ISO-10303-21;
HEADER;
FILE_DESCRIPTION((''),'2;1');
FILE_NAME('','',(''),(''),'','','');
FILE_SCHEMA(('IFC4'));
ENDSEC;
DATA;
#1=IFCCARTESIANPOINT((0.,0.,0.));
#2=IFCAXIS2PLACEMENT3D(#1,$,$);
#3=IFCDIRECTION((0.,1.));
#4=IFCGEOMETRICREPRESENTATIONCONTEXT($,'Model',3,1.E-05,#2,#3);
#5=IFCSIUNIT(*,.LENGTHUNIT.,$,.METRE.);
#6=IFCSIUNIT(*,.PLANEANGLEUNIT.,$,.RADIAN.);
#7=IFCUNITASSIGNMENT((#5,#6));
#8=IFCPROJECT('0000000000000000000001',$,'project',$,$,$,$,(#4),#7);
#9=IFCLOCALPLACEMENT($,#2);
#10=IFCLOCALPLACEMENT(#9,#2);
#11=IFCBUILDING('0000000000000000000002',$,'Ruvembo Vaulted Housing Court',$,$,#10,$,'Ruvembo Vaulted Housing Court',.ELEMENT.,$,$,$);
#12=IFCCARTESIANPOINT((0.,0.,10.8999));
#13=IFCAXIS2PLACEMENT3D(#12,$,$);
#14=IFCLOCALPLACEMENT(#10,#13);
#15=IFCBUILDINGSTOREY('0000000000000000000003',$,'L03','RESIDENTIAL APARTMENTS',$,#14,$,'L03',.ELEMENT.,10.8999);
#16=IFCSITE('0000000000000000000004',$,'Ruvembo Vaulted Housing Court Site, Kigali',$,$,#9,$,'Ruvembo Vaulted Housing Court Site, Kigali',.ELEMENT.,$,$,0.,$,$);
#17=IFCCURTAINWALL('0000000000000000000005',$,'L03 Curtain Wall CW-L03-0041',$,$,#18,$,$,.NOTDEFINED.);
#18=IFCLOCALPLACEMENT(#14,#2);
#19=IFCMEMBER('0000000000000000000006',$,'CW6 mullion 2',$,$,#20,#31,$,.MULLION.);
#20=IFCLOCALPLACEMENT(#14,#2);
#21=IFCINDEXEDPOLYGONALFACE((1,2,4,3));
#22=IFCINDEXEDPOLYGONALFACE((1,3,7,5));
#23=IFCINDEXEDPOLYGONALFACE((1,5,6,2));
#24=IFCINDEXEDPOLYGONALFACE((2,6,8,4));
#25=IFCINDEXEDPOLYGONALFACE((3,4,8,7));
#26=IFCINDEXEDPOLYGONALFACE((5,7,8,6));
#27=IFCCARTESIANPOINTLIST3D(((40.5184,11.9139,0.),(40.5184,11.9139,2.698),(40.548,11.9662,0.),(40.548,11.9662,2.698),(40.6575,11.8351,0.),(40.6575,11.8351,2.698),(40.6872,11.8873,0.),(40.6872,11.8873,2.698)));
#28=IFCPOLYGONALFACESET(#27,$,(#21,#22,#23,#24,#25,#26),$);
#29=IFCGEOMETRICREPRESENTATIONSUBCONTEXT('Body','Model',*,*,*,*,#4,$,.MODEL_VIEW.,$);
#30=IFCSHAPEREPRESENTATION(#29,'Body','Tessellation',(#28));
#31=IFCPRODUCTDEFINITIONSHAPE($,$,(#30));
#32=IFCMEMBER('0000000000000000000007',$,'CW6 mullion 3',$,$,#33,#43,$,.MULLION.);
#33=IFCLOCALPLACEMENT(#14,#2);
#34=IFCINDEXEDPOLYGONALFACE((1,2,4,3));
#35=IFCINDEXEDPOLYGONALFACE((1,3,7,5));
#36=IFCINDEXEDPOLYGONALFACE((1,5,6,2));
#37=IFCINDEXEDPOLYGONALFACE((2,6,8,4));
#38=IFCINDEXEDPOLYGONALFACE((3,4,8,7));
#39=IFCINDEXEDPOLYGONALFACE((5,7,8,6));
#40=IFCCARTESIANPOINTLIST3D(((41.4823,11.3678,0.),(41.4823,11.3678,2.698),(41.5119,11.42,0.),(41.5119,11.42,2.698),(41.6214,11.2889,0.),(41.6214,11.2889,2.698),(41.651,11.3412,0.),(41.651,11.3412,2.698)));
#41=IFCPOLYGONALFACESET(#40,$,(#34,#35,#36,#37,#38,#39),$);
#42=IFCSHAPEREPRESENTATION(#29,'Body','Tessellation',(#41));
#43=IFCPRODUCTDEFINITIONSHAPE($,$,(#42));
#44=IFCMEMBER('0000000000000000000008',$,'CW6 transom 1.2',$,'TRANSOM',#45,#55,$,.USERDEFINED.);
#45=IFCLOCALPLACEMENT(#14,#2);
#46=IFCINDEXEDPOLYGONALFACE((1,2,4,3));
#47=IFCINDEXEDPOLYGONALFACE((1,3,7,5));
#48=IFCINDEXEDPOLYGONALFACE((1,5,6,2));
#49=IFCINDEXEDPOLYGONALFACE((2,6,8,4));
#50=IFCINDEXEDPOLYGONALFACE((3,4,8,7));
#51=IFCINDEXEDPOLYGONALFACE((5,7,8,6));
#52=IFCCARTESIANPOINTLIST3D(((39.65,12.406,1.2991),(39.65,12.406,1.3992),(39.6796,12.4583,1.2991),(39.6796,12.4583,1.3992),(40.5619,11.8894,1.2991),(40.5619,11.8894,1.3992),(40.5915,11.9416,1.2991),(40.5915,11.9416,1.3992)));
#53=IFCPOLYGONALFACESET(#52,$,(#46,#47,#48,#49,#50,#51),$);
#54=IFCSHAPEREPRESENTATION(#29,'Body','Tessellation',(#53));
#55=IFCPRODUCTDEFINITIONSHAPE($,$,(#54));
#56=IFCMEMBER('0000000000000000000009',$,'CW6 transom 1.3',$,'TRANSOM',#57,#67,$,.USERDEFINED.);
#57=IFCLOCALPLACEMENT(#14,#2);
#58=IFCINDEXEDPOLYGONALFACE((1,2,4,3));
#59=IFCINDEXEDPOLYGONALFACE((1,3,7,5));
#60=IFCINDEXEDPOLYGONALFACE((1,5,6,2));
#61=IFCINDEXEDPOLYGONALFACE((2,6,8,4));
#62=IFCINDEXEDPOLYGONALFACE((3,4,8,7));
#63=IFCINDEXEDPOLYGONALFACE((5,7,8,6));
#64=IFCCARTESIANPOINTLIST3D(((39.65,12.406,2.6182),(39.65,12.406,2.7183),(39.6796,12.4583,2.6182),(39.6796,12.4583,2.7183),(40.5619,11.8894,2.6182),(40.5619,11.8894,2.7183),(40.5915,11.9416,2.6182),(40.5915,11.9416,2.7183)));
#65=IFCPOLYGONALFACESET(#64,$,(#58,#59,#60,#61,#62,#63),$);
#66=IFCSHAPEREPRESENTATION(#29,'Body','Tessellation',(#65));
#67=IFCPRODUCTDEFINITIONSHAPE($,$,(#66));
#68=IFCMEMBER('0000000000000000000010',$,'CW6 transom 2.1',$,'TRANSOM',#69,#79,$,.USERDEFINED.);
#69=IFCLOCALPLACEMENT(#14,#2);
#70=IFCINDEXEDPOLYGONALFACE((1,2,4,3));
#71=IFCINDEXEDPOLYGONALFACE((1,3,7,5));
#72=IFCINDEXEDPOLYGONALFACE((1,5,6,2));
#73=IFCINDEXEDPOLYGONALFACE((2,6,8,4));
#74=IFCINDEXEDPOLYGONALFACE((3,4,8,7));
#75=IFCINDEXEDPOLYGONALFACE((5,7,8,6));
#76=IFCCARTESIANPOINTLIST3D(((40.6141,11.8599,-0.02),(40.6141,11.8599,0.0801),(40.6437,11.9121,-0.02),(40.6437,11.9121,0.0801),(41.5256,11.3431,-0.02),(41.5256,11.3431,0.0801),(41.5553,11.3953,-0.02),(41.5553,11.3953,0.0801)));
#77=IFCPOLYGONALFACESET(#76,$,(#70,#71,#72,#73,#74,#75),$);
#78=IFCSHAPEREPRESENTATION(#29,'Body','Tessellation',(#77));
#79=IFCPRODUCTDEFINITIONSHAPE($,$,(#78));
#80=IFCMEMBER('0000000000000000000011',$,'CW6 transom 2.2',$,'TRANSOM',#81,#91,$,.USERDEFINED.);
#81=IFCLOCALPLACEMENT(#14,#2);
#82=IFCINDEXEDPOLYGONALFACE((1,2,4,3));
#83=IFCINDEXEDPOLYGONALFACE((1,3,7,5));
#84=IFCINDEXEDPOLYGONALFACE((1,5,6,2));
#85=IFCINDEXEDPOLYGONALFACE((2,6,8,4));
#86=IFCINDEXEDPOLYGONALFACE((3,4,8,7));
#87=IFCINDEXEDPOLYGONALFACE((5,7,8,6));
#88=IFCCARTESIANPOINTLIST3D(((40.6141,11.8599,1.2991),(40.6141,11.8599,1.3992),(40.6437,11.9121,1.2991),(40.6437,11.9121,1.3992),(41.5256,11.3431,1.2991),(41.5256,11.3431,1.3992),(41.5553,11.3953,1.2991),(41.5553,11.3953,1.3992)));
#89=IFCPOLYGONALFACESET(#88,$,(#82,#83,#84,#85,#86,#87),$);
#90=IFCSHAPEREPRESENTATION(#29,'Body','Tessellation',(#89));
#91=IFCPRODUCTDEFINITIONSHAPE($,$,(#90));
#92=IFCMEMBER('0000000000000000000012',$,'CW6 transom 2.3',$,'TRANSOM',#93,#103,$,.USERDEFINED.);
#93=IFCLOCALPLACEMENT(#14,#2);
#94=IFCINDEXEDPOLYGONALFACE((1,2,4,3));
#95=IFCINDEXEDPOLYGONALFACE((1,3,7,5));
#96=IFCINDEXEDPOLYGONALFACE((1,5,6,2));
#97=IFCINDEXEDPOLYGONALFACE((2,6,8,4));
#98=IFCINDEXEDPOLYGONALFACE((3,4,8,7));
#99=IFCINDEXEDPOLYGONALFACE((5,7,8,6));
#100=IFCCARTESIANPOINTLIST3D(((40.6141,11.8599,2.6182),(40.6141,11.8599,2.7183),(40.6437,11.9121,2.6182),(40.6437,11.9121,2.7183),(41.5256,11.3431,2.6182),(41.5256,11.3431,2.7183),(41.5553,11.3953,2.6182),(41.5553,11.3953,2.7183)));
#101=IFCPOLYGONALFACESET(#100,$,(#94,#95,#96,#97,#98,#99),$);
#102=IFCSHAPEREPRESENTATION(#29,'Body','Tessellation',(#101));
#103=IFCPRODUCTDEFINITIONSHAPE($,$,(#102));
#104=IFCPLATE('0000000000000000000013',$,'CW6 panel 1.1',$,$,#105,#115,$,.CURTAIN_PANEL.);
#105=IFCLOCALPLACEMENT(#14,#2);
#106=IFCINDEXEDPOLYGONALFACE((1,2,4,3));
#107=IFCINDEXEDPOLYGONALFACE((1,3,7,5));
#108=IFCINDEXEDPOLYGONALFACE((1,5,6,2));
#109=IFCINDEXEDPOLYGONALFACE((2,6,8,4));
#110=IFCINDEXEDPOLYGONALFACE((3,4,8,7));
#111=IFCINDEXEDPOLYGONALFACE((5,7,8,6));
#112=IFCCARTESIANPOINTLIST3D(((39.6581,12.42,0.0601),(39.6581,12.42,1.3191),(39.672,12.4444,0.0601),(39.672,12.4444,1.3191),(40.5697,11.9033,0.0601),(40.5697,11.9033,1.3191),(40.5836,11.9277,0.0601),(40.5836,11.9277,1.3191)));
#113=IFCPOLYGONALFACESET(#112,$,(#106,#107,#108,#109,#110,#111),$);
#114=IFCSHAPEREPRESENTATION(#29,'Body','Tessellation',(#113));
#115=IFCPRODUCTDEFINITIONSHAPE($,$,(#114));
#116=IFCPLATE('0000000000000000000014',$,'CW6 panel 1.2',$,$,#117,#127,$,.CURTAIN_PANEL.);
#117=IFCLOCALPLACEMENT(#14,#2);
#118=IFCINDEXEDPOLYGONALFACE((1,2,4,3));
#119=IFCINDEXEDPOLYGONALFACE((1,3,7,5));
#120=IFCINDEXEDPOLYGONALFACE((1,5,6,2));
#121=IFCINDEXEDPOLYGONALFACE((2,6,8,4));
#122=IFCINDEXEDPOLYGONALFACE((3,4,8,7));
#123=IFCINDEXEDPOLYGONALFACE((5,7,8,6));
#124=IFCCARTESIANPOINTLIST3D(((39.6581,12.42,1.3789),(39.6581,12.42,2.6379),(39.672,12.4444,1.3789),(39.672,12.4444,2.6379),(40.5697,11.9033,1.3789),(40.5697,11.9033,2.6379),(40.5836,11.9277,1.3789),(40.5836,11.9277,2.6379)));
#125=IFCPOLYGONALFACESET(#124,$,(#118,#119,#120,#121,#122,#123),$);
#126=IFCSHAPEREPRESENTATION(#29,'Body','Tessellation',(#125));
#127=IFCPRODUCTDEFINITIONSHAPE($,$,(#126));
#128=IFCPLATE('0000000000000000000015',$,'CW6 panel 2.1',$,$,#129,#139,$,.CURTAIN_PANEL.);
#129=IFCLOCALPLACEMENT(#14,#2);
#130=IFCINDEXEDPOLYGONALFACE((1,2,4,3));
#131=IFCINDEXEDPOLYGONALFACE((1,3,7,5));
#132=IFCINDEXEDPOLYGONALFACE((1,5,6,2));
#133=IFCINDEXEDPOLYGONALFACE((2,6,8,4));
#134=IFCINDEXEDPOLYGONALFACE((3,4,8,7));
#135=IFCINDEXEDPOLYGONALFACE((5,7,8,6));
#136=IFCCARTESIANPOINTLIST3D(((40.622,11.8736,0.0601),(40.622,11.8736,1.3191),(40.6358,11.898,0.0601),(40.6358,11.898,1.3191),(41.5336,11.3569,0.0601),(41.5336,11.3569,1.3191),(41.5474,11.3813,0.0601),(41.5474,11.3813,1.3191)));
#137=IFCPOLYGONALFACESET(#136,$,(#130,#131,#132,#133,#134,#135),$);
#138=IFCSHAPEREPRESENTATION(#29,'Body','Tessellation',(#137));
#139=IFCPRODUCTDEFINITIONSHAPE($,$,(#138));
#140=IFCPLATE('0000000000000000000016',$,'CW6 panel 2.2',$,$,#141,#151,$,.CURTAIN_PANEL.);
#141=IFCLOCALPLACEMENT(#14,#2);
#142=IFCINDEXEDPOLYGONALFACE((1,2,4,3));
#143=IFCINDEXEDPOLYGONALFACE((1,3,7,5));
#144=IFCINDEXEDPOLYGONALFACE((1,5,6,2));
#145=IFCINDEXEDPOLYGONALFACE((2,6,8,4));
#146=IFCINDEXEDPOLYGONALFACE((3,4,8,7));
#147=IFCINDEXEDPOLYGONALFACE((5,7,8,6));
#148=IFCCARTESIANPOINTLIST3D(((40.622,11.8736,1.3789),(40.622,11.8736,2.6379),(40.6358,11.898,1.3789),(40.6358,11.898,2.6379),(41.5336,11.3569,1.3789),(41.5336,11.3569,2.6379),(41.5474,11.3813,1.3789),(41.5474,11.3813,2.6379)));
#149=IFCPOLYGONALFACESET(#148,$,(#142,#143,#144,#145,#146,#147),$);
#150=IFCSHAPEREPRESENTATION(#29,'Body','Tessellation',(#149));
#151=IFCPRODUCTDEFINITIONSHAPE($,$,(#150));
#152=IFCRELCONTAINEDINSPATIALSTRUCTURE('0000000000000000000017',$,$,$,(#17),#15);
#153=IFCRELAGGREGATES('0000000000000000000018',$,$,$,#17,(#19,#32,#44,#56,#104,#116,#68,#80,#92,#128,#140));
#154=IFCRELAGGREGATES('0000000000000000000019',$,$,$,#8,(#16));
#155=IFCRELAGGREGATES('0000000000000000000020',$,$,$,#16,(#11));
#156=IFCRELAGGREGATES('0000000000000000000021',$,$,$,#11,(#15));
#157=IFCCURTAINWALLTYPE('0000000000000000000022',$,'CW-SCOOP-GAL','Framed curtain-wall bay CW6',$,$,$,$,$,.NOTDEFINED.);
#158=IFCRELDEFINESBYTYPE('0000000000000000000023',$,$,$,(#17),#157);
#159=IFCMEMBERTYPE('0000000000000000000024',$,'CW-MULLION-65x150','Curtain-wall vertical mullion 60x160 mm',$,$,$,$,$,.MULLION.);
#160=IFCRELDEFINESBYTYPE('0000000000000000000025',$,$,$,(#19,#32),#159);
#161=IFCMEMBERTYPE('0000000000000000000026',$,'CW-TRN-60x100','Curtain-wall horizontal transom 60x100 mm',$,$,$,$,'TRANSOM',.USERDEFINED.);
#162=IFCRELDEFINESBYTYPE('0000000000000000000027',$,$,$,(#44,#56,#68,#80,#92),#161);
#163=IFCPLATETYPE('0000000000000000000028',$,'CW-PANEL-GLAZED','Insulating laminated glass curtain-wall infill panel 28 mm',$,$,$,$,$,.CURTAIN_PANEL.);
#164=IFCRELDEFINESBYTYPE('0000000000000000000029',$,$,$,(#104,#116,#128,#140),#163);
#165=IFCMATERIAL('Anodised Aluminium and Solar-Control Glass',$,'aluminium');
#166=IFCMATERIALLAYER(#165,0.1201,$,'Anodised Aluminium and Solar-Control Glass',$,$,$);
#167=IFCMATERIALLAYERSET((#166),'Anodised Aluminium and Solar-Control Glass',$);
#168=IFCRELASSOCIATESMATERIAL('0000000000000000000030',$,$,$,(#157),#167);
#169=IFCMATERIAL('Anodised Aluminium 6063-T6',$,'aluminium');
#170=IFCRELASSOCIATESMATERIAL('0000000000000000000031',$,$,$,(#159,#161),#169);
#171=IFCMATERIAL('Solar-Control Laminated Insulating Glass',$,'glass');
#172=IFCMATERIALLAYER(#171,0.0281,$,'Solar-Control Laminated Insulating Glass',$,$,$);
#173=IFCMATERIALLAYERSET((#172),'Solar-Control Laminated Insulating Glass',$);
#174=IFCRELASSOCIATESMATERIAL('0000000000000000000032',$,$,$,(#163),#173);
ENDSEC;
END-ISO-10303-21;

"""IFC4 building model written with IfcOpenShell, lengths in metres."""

from ifc_helpers import new_model, si_unit, direction, frame, origin, origin_2d, place, context, subcontext, project, spatial, rectangle, extrude, material, layer, layer_set, material_profile, profile_set, type_object, element, aggregate, save


model = new_model("IFC4")

# Units and contexts
model_context = context("Model", 3, precision=1e-05, world=origin(), true_north=direction((0.0, 1.0)))
body_context = subcontext(model_context, "Body", "Model", "MODEL_VIEW")
ifc_project = project(units=[si_unit("LENGTHUNIT", "METRE"), si_unit("PLANEANGLEUNIT", "RADIAN")], contexts=[model_context])

# Site, building, storey
site_placement = place(None, origin())
site = spatial("IfcSite", under=ifc_project, at=site_placement, Name="Ruvembo Vaulted Housing Court Site, Kigali", LongName="Ruvembo Vaulted Housing Court Site, Kigali", CompositionType="ELEMENT", RefElevation=0.0)
building_placement = place(site_placement, origin())
building = spatial("IfcBuilding", under=site, at=building_placement, Name="Ruvembo Vaulted Housing Court", LongName="Ruvembo Vaulted Housing Court", CompositionType="ELEMENT")
storey_placement = place(building_placement, frame((0.0, 0.0, 10.8999)))
storey = spatial("IfcBuildingStorey", under=building, at=storey_placement, Name="L03", Description="RESIDENTIAL APARTMENTS", LongName="L03", CompositionType="ELEMENT", Elevation=10.8999)

# Curtain wall, members, plates
ifc_material_1 = material(Name="Anodised Aluminium and Solar-Control Glass", Category="aluminium")
ifc_layer_1 = layer(ifc_material_1, 0.1201, Name="Anodised Aluminium and Solar-Control Glass")
ifc_layer_set_1 = layer_set([ifc_layer_1], Name="Anodised Aluminium and Solar-Control Glass")
curtain_wall_type = type_object("IfcCurtainWallType", Name="CW-SCOOP-GAL", Description="Framed curtain-wall bay CW6", PredefinedType="NOTDEFINED", material=ifc_layer_set_1)
curtain_wall_placement = place(storey_placement, origin())
curtain_wall = element("IfcCurtainWall", 1, at=curtain_wall_placement, inside=storey, type_object=curtain_wall_type, Name="L03 Curtain Wall CW-L03-0041", PredefinedType="NOTDEFINED")
ifc_material_2 = material(Name="Anodised Aluminium 6063-T6", Category="aluminium")
ifc_material_profile_1 = material_profile(ifc_material_2, rectangle(XDim=0.0601, YDim=0.1599, at=origin_2d()), Name="ALU 60x160")
ifc_profile_set_1 = profile_set([ifc_material_profile_1], Name="Anodised Aluminium 6063-T6")
member_type_1 = type_object("IfcMemberType", Name="CW-MULLION-65x150", Description="Curtain-wall vertical mullion 60x160 mm", PredefinedType="MULLION", material=ifc_profile_set_1)
member_1_placement = place(storey_placement, frame((40.6028, 11.9006, 0.0), z_axis=(0.0, 0.0, 1.0), x_axis=(0.493079, 0.869984, 0.0)))
member_1 = element("IfcMember", 2, at=member_1_placement, type_object=member_type_1, Name="CW6 mullion 2", PredefinedType="MULLION", context=body_context, shape_type="SweptSolid", body=[
    extrude(rectangle(XDim=0.0601, YDim=0.1599, at=origin_2d()), origin(), (0.0, 0.0, 1.0), 2.698),
])
member_2_placement = place(storey_placement, frame((41.5667, 11.3545, 0.0), z_axis=(0.0, 0.0, 1.0), x_axis=(0.493079, 0.869984, 0.0)))
member_2 = element("IfcMember", 3, at=member_2_placement, type_object=member_type_1, Name="CW6 mullion 3", PredefinedType="MULLION", context=body_context, shape_type="SweptSolid", body=[
    extrude(rectangle(XDim=0.0601, YDim=0.1599, at=origin_2d()), origin(), (0.0, 0.0, 1.0), 2.698),
])
ifc_material_profile_2 = material_profile(ifc_material_2, rectangle(XDim=0.0601, YDim=0.1001, at=origin_2d()), Name="ALU 60x100")
ifc_profile_set_2 = profile_set([ifc_material_profile_2], Name="Anodised Aluminium 6063-T6")
member_type_2 = type_object("IfcMemberType", Name="CW-TRN-60x100", Description="Curtain-wall horizontal transom 60x100 mm", ElementType="TRANSOM", PredefinedType="USERDEFINED", material=ifc_profile_set_2)
member_3_placement = place(storey_placement, frame((39.6648, 12.4321, 1.3491), z_axis=(0.870072, -0.492924, 0.0), x_axis=(0.492924, 0.870072, 0.0)))
member_3 = element("IfcMember", 4, at=member_3_placement, type_object=member_type_2, Name="CW6 transom 1.2", ObjectType="TRANSOM", PredefinedType="USERDEFINED", context=body_context, shape_type="SweptSolid", body=[
    extrude(rectangle(XDim=0.0601, YDim=0.1001, at=origin_2d()), origin(), (0.0, 0.0, 1.0), 1.0481),
])
member_4_placement = place(storey_placement, frame((39.6648, 12.4321, 2.6682), z_axis=(0.870072, -0.492924, 0.0), x_axis=(0.492924, 0.870072, 0.0)))
member_4 = element("IfcMember", 5, at=member_4_placement, type_object=member_type_2, Name="CW6 transom 1.3", ObjectType="TRANSOM", PredefinedType="USERDEFINED", context=body_context, shape_type="SweptSolid", body=[
    extrude(rectangle(XDim=0.0601, YDim=0.1001, at=origin_2d()), origin(), (0.0, 0.0, 1.0), 1.0481),
])
member_5_placement = place(storey_placement, frame((40.6289, 11.886, 0.03), z_axis=(0.869916, -0.493201, 0.0), x_axis=(0.493201, 0.869916, 0.0)))
member_5 = element("IfcMember", 6, at=member_5_placement, type_object=member_type_2, Name="CW6 transom 2.1", ObjectType="TRANSOM", PredefinedType="USERDEFINED", context=body_context, shape_type="SweptSolid", body=[
    extrude(rectangle(XDim=0.0601, YDim=0.1001, at=origin_2d()), origin(), (0.0, 0.0, 1.0), 1.0479),
])
member_6_placement = place(storey_placement, frame((40.6289, 11.886, 1.3491), z_axis=(0.869916, -0.493201, 0.0), x_axis=(0.493201, 0.869916, 0.0)))
member_6 = element("IfcMember", 7, at=member_6_placement, type_object=member_type_2, Name="CW6 transom 2.2", ObjectType="TRANSOM", PredefinedType="USERDEFINED", context=body_context, shape_type="SweptSolid", body=[
    extrude(rectangle(XDim=0.0601, YDim=0.1001, at=origin_2d()), origin(), (0.0, 0.0, 1.0), 1.0479),
])
member_7_placement = place(storey_placement, frame((40.6289, 11.886, 2.6682), z_axis=(0.869916, -0.493201, 0.0), x_axis=(0.493201, 0.869916, 0.0)))
member_7 = element("IfcMember", 8, at=member_7_placement, type_object=member_type_2, Name="CW6 transom 2.3", ObjectType="TRANSOM", PredefinedType="USERDEFINED", context=body_context, shape_type="SweptSolid", body=[
    extrude(rectangle(XDim=0.0601, YDim=0.1001, at=origin_2d()), origin(), (0.0, 0.0, 1.0), 1.0479),
])
ifc_material_3 = material(Name="Solar-Control Laminated Insulating Glass", Category="glass")
ifc_layer_2 = layer(ifc_material_3, 0.0281, Name="Solar-Control Laminated Insulating Glass")
ifc_layer_set_2 = layer_set([ifc_layer_2], Name="Solar-Control Laminated Insulating Glass")
plate_type = type_object("IfcPlateType", Name="CW-PANEL-GLAZED", Description="Insulating laminated glass curtain-wall infill panel 28 mm", PredefinedType="CURTAIN_PANEL", material=ifc_layer_set_2)
plate_1_placement = place(storey_placement, frame((40.1208, 12.1738, 0.0601), z_axis=(0.0, 0.0, 1.0), x_axis=(0.869984, -0.493079, 0.0)))
plate_1 = element("IfcPlate", 9, at=plate_1_placement, type_object=plate_type, Name="CW6 panel 1.1", PredefinedType="CURTAIN_PANEL", context=body_context, shape_type="SweptSolid", body=[
    extrude(rectangle(XDim=1.0479, YDim=0.0281, at=origin_2d()), origin(), (0.0, 0.0, 1.0), 1.259),
])
plate_2_placement = place(storey_placement, frame((40.1208, 12.1738, 1.3789), z_axis=(0.0, 0.0, 1.0), x_axis=(0.869984, -0.493079, 0.0)))
plate_2 = element("IfcPlate", 10, at=plate_2_placement, type_object=plate_type, Name="CW6 panel 1.2", PredefinedType="CURTAIN_PANEL", context=body_context, shape_type="SweptSolid", body=[
    extrude(rectangle(XDim=1.0479, YDim=0.0281, at=origin_2d()), origin(), (0.0, 0.0, 1.0), 1.259),
])
plate_3_placement = place(storey_placement, frame((41.0847, 11.6274, 0.0601), z_axis=(0.0, 0.0, 1.0), x_axis=(0.869984, -0.493079, 0.0)))
plate_3 = element("IfcPlate", 11, at=plate_3_placement, type_object=plate_type, Name="CW6 panel 2.1", PredefinedType="CURTAIN_PANEL", context=body_context, shape_type="SweptSolid", body=[
    extrude(rectangle(XDim=1.0479, YDim=0.0281, at=origin_2d()), origin(), (0.0, 0.0, 1.0), 1.259),
])
plate_4_placement = place(storey_placement, frame((41.0847, 11.6274, 1.3789), z_axis=(0.0, 0.0, 1.0), x_axis=(0.869984, -0.493079, 0.0)))
plate_4 = element("IfcPlate", 12, at=plate_4_placement, type_object=plate_type, Name="CW6 panel 2.2", PredefinedType="CURTAIN_PANEL", context=body_context, shape_type="SweptSolid", body=[
    extrude(rectangle(XDim=1.0479, YDim=0.0281, at=origin_2d()), origin(), (0.0, 0.0, 1.0), 1.259),
])
aggregate(curtain_wall, [member_1, member_2, member_3, member_4, plate_1, plate_2, member_5, member_6, member_7, plate_3, plate_4])

save(model, "model.ifc")
